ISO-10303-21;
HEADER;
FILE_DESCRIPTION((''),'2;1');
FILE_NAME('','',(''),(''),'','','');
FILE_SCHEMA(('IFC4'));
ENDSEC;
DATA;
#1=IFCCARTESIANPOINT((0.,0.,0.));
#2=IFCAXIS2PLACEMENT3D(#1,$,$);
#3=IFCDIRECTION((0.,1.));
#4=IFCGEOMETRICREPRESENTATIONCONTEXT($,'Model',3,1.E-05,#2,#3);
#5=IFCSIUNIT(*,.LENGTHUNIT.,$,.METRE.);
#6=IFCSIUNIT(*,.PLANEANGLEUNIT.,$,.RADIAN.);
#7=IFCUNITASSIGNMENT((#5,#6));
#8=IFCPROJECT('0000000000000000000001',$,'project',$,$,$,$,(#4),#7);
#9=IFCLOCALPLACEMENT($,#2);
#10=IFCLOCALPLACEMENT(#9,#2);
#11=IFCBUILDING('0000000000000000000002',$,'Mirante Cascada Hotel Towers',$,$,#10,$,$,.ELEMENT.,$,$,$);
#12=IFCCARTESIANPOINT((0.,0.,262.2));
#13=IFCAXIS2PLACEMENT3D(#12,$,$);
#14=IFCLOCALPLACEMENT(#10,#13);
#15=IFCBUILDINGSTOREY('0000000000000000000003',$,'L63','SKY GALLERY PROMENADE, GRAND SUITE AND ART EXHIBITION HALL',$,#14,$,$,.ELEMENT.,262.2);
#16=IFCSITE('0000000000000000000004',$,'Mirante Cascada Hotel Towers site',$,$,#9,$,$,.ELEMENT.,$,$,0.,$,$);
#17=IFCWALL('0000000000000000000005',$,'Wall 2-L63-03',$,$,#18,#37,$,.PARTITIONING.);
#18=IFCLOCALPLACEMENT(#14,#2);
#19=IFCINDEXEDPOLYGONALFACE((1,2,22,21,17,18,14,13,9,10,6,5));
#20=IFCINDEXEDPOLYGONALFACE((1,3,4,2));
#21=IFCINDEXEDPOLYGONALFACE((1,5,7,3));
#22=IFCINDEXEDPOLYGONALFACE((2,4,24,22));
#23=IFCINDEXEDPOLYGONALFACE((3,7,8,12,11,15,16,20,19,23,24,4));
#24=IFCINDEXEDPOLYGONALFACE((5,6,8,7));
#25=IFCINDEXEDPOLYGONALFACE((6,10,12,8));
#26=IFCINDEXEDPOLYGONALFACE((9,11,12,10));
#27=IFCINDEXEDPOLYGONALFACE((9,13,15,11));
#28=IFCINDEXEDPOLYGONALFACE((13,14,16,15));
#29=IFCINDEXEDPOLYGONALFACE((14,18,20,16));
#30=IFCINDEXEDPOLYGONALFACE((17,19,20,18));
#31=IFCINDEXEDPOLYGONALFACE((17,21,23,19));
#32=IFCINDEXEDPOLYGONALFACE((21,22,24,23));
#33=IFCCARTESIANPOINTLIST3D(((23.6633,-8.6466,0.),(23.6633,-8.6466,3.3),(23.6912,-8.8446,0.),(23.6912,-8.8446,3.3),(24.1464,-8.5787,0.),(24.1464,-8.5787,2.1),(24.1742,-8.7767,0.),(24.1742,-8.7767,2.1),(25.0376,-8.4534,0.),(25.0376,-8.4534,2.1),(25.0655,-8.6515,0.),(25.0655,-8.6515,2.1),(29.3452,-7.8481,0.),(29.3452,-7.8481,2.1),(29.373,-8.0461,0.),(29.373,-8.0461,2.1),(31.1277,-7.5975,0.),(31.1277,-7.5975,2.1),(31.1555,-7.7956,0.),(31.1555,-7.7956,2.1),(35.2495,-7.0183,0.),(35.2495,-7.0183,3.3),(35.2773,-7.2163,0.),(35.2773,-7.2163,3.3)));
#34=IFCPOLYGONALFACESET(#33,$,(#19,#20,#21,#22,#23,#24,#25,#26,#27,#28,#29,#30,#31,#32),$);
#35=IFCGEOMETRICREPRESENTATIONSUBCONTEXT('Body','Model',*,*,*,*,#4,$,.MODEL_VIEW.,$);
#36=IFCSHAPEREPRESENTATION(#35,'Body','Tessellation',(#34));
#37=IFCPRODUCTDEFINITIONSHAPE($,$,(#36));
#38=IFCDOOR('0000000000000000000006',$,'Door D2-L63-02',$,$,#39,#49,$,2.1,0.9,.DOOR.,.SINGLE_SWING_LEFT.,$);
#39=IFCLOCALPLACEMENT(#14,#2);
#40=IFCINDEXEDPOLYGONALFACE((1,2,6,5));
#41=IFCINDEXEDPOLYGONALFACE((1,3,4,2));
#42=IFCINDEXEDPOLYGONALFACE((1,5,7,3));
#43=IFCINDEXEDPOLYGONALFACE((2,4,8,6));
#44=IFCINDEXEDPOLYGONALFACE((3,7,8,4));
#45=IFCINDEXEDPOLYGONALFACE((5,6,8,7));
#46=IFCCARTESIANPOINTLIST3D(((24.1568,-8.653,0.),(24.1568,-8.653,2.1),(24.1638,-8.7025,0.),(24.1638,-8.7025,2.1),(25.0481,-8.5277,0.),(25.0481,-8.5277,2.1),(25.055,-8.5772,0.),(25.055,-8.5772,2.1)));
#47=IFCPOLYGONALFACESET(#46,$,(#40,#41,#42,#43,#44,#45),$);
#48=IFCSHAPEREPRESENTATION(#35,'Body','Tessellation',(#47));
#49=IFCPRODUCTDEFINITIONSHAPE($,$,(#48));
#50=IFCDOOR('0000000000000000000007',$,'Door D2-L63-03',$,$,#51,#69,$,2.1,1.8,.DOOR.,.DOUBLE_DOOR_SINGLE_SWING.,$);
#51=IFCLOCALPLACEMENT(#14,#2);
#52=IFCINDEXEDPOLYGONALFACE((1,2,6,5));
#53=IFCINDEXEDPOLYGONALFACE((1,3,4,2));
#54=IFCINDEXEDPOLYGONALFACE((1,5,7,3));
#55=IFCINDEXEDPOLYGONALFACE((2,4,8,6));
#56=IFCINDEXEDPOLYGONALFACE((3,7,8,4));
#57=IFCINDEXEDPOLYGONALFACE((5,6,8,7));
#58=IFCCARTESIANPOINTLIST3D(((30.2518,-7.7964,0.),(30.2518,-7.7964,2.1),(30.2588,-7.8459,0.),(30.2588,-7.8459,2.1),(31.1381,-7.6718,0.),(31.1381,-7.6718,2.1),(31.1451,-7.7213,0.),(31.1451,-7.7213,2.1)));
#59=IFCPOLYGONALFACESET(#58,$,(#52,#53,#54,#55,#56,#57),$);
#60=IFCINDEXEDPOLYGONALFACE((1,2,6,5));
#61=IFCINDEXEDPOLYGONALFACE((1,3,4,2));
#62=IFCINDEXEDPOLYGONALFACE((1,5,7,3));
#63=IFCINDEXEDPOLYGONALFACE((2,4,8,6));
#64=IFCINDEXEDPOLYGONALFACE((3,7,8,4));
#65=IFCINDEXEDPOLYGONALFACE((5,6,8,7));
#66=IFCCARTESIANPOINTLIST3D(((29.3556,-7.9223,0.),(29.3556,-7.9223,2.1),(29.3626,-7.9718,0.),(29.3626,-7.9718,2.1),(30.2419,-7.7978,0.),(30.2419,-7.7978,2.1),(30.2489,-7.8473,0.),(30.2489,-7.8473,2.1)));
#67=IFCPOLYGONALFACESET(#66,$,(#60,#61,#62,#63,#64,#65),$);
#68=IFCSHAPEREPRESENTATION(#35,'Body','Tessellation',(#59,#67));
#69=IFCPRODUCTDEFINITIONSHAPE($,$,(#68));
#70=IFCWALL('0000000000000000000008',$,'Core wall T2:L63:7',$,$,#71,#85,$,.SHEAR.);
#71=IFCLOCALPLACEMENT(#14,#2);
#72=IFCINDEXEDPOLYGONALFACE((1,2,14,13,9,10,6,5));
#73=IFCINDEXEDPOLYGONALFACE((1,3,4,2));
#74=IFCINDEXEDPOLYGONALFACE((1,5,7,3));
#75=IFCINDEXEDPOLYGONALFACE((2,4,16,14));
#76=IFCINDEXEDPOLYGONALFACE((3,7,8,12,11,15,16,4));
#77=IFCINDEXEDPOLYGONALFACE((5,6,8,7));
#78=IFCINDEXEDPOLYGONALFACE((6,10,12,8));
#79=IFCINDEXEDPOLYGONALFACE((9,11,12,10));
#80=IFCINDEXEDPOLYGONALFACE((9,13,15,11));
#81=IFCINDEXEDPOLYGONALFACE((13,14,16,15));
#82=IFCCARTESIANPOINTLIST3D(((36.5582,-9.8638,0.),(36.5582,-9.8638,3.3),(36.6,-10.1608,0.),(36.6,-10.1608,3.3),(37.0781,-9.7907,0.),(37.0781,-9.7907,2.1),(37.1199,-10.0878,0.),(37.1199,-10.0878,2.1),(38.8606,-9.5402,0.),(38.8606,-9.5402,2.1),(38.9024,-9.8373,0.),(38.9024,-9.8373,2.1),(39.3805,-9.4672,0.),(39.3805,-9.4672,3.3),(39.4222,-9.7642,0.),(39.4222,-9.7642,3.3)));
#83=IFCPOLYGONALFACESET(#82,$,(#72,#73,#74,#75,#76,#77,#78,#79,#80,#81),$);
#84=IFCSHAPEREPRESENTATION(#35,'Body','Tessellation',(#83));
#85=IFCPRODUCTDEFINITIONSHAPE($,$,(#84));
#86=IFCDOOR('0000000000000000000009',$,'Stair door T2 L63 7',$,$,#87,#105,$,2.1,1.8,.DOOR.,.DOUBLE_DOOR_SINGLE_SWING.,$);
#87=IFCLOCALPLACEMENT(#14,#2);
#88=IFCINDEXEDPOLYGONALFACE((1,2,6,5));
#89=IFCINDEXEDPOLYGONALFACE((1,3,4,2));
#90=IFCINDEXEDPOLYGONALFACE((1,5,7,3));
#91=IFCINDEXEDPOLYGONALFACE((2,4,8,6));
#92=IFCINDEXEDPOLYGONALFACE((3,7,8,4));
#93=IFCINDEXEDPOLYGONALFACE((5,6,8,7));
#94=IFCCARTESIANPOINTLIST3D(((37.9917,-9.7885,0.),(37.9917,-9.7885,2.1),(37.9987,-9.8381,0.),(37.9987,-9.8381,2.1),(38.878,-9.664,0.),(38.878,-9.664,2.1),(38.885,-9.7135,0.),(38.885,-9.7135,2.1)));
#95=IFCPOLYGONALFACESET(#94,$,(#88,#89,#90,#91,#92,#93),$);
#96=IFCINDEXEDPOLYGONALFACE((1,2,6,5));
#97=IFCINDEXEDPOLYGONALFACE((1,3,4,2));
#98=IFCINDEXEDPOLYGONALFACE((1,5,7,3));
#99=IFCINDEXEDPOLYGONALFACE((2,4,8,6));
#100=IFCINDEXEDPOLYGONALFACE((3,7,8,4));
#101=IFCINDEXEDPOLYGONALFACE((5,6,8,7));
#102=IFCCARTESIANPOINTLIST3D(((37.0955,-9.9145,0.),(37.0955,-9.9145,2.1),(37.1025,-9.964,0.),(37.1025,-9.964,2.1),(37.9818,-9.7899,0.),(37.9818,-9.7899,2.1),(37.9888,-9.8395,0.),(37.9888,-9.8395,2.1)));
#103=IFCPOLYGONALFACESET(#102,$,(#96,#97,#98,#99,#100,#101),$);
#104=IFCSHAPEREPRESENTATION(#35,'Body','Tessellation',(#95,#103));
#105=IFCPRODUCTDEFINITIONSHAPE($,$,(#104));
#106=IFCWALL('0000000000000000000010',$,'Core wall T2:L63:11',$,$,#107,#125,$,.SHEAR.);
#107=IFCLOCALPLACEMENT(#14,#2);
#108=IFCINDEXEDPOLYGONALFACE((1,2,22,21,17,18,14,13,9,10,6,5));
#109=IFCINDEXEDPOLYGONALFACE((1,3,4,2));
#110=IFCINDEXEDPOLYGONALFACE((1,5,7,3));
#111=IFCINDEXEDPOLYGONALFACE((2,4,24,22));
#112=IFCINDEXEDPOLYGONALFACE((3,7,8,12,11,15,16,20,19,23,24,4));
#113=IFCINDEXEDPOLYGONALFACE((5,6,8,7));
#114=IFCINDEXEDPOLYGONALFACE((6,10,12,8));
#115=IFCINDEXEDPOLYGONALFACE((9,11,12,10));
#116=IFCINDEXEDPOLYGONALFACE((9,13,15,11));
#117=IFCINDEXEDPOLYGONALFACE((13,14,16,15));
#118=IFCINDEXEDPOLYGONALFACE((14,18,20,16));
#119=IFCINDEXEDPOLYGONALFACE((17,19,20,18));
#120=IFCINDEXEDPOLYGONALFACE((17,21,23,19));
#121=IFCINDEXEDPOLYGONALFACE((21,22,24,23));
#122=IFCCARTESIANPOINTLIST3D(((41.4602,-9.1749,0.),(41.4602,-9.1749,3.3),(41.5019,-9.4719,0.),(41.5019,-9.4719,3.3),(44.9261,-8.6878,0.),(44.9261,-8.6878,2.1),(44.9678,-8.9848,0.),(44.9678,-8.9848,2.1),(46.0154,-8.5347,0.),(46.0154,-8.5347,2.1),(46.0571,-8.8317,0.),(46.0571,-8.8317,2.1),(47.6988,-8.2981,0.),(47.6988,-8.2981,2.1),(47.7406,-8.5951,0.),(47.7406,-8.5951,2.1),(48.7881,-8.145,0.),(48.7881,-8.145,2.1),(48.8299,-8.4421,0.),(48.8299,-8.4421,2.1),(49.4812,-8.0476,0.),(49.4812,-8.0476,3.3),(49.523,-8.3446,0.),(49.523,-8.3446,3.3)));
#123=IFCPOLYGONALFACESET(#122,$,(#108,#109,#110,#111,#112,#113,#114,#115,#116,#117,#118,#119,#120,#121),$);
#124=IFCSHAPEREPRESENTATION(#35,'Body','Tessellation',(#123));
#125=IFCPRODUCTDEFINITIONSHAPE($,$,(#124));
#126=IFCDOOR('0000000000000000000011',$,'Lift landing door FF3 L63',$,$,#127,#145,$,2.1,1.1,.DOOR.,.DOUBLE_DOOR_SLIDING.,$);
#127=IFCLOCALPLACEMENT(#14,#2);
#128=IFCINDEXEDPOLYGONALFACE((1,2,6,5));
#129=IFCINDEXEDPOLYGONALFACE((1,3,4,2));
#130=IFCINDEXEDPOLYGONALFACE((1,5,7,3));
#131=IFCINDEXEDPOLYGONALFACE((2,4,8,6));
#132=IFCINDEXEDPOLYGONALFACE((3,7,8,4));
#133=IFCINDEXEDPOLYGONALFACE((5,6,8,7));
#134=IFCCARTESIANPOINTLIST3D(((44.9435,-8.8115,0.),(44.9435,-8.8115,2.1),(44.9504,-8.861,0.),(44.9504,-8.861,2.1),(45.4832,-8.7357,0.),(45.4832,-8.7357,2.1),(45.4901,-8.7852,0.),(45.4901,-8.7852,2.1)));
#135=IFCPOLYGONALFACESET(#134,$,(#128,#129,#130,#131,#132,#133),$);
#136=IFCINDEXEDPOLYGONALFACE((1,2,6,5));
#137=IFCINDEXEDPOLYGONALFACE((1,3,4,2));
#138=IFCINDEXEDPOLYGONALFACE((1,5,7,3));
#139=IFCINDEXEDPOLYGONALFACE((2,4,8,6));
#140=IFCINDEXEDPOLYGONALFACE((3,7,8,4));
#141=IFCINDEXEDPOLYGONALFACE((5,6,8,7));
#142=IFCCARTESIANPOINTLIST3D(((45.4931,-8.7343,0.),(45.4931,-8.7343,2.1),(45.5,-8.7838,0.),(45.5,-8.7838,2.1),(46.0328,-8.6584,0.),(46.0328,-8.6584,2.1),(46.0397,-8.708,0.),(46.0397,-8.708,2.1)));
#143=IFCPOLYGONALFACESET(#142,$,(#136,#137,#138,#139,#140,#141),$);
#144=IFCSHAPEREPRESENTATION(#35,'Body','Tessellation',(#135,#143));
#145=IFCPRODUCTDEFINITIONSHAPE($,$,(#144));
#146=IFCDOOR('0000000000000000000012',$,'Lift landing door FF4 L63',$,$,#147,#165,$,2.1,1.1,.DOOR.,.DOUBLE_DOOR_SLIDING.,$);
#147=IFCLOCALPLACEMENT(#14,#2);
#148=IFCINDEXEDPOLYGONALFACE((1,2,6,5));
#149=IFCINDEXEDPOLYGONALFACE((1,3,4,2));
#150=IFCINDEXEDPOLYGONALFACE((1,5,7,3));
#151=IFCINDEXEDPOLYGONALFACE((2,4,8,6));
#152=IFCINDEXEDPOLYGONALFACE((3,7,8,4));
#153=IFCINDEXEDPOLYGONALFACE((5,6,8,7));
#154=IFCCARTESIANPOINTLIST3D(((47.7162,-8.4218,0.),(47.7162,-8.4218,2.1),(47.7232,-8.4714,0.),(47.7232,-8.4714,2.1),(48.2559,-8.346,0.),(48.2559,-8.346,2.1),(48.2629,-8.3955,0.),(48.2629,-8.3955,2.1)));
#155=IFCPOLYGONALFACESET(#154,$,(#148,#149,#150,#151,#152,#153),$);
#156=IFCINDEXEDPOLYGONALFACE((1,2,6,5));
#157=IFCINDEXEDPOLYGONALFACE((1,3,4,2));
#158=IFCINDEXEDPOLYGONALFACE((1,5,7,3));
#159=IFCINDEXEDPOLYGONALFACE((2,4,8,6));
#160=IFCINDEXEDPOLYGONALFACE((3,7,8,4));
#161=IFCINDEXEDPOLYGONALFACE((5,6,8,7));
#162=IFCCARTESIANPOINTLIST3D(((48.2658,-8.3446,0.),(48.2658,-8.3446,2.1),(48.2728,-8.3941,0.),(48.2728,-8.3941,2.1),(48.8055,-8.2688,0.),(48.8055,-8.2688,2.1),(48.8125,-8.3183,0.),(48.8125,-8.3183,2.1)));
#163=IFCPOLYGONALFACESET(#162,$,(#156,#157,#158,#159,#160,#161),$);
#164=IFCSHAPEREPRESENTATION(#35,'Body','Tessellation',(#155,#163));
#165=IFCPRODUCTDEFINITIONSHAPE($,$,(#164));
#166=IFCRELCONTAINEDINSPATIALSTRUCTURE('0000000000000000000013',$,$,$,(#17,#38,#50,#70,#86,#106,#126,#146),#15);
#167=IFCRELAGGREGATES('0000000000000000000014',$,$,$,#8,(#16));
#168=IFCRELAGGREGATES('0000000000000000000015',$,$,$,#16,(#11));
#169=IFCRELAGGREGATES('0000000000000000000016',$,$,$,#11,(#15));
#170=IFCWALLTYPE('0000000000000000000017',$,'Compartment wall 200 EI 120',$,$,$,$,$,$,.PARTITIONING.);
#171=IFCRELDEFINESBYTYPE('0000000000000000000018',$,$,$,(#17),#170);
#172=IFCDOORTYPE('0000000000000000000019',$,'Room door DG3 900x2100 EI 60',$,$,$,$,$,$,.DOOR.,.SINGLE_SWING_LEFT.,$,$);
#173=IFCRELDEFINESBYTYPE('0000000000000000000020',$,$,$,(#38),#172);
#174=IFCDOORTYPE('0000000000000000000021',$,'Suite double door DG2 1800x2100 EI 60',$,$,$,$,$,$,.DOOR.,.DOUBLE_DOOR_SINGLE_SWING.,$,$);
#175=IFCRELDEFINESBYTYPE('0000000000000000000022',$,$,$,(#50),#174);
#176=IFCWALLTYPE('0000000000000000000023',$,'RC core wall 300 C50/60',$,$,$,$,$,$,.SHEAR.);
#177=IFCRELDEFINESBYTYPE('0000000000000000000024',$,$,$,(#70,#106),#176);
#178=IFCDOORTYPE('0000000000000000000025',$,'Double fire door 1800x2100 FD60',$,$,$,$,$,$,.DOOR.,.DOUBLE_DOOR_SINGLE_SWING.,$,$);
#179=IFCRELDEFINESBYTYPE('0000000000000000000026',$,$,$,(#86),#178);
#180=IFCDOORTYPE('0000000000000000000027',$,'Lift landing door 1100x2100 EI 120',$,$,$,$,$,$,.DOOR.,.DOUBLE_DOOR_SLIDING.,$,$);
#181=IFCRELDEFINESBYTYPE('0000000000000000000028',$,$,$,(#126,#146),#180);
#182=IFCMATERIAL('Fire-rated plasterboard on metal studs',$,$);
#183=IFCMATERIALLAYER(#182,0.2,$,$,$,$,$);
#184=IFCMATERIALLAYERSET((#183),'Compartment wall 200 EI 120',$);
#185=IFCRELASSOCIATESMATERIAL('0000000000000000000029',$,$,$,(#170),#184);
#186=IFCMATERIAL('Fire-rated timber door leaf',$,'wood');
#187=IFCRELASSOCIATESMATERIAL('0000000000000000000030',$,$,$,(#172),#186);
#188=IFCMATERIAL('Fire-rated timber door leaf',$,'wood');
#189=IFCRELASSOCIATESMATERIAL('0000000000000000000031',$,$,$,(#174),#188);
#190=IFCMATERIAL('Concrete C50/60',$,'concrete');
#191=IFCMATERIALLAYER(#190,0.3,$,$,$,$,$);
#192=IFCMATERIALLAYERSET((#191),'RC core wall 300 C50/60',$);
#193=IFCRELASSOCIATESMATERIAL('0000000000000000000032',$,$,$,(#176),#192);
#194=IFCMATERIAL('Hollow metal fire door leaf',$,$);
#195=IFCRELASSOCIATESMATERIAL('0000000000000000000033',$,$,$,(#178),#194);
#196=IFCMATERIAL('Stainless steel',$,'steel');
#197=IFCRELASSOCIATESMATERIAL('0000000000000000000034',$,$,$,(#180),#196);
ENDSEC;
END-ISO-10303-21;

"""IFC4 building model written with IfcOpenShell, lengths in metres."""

from ifc_helpers import new_model, si_unit, direction, frame, frame_2d, origin, place, context, subcontext, project, spatial, rectangle, extrude, material, layer, layer_set, type_object, element, fill, save


model = new_model("IFC4")

# Units and contexts
model_context = context("Model", 3, precision=1e-05, world=origin(), true_north=direction((0.0, 1.0)))
body_context = subcontext(model_context, "Body", "Model", "MODEL_VIEW")
ifc_project = project(units=[si_unit("LENGTHUNIT", "METRE"), si_unit("PLANEANGLEUNIT", "RADIAN")], contexts=[model_context])

# Site, building, storey
site_placement = place(None, origin())
site = spatial("IfcSite", under=ifc_project, at=site_placement, Name="Mirante Cascada Hotel Towers site", CompositionType="ELEMENT", RefElevation=0.0)
building_placement = place(site_placement, origin())
building = spatial("IfcBuilding", under=site, at=building_placement, Name="Mirante Cascada Hotel Towers", CompositionType="ELEMENT")
storey_placement = place(building_placement, frame((0.0, 0.0, 262.2)))
storey = spatial("IfcBuildingStorey", under=building, at=storey_placement, Name="L63", Description="SKY GALLERY PROMENADE, GRAND SUITE AND ART EXHIBITION HALL", CompositionType="ELEMENT", Elevation=262.2)

# Wall, openings, doors
ifc_material_1 = material(Name="Fire-rated plasterboard on metal studs")
ifc_layer_1 = layer(ifc_material_1, 0.2)
ifc_layer_set_1 = layer_set([ifc_layer_1], Name="Compartment wall 200 EI 120")
wall_type_1 = type_object("IfcWallType", Name="Compartment wall 200 EI 120", PredefinedType="PARTITIONING", material=ifc_layer_set_1)
wall_1_placement = place(storey_placement, frame((35.2634, -7.1173, 0.0), z_axis=(0.0, 0.0, 1.0), x_axis=(-0.990268, -0.139171, 0.0)))
wall_1 = element("IfcWall", 1, at=wall_1_placement, inside=storey, type_object=wall_type_1, Name="Wall 2-L63-03", PredefinedType="PARTITIONING", context=body_context, shape_type="SweptSolid", body=[
    extrude(rectangle(XDim=11.7, YDim=0.2, at=frame_2d((5.85, 0.0))), origin(), (0.0, 0.0, 1.0), 3.3),
])
opening_1_placement = place(wall_1_placement, frame((10.3122, 0.0, 0.0)))
opening_1 = element("IfcOpeningElement", 2, at=opening_1_placement, cuts=wall_1, PredefinedType="OPENING", context=body_context, shape_type="SweptSolid", body=[
    extrude(rectangle(XDim=0.9, YDim=2.1, at=frame_2d((0.45, 1.05))), frame((0.0, 0.1, 0.0), z_axis=(0.0, -1.0, 0.0), x_axis=(1.0, 0.0, 0.0)), (0.0, 0.0, 1.0), 0.2),
])
opening_2_placement = place(wall_1_placement, frame((4.1623, 0.0, 0.0)))
opening_2 = element("IfcOpeningElement", 3, at=opening_2_placement, cuts=wall_1, PredefinedType="OPENING", context=body_context, shape_type="SweptSolid", body=[
    extrude(rectangle(XDim=1.8, YDim=2.1, at=frame_2d((0.9, 1.05))), frame((0.0, 0.1, 0.0), z_axis=(0.0, -1.0, 0.0), x_axis=(1.0, 0.0, 0.0)), (0.0, 0.0, 1.0), 0.2),
])
ifc_material_2 = material(Name="Fire-rated timber door leaf", Category="wood")
door_type_1 = type_object("IfcDoorType", Name="Room door DG3 900x2100 EI 60", OperationType="SINGLE_SWING_LEFT", PredefinedType="DOOR", material=ifc_material_2)
door_1_placement = place(opening_1_placement, origin())
door_1 = element("IfcDoor", 4, at=door_1_placement, inside=storey, type_object=door_type_1, Name="Door D2-L63-02", OperationType="SINGLE_SWING_LEFT", OverallHeight=2.1, OverallWidth=0.9, PredefinedType="DOOR", context=body_context, shape_type="SweptSolid", body=[
    extrude(rectangle(XDim=0.9, YDim=2.1, at=frame_2d((0.45, 1.05))), frame((0.0, 0.025, 0.0), z_axis=(0.0, -1.0, 0.0), x_axis=(1.0, 0.0, 0.0)), (0.0, 0.0, 1.0), 0.05),
])
fill(opening_1, door_1)
ifc_material_3 = material(Name="Fire-rated timber door leaf", Category="wood")
door_type_2 = type_object("IfcDoorType", Name="Suite double door DG2 1800x2100 EI 60", OperationType="DOUBLE_DOOR_SINGLE_SWING", PredefinedType="DOOR", material=ifc_material_3)
door_2_placement = place(opening_2_placement, origin())
door_2 = element("IfcDoor", 5, at=door_2_placement, inside=storey, type_object=door_type_2, Name="Door D2-L63-03", OperationType="DOUBLE_DOOR_SINGLE_SWING", OverallHeight=2.1, OverallWidth=1.8, PredefinedType="DOOR", context=body_context, shape_type="SweptSolid", body=[
    extrude(rectangle(XDim=0.895, YDim=2.1, at=frame_2d((0.4475, 1.05))), frame((0.0, 0.025, 0.0), z_axis=(0.0, -1.0, 0.0), x_axis=(1.0, 0.0, 0.0)), (0.0, 0.0, 1.0), 0.05),
    extrude(rectangle(XDim=0.895, YDim=2.1, at=frame_2d((1.3525, 1.05))), frame((0.0, 0.025, 0.0), z_axis=(0.0, -1.0, 0.0), x_axis=(1.0, 0.0, 0.0)), (0.0, 0.0, 1.0), 0.05),
])
fill(opening_2, door_2)

# Wall, opening, door
ifc_material_4 = material(Name="Concrete C50/60", Category="concrete")
ifc_layer_2 = layer(ifc_material_4, 0.3)
ifc_layer_set_2 = layer_set([ifc_layer_2], Name="RC core wall 300 C50/60")
wall_type_2 = type_object("IfcWallType", Name="RC core wall 300 C50/60", PredefinedType="SHEAR", material=ifc_layer_set_2)
wall_2_placement = place(storey_placement, frame((36.5791, -10.0123, 0.0), z_axis=(0.0, 0.0, 1.0), x_axis=(0.99027, 0.139156, 0.0)))
wall_2 = element("IfcWall", 6, at=wall_2_placement, inside=storey, type_object=wall_type_2, Name="Core wall T2:L63:7", PredefinedType="SHEAR", context=body_context, shape_type="SweptSolid", body=[
    extrude(rectangle(XDim=2.85, YDim=0.3, at=frame_2d((1.425, 0.0))), origin(), (0.0, 0.0, 1.0), 3.3),
])
opening_3_placement = place(wall_2_placement, frame((0.525, 0.0, 0.0)))
opening_3 = element("IfcOpeningElement", 7, at=opening_3_placement, cuts=wall_2, PredefinedType="OPENING", context=body_context, shape_type="SweptSolid", body=[
    extrude(rectangle(XDim=1.8, YDim=2.1, at=frame_2d((0.9, 1.05))), frame((0.0, 0.15, 0.0), z_axis=(0.0, -1.0, 0.0), x_axis=(1.0, 0.0, 0.0)), (0.0, 0.0, 1.0), 0.3),
])
ifc_material_5 = material(Name="Hollow metal fire door leaf")
door_type_3 = type_object("IfcDoorType", Name="Double fire door 1800x2100 FD60", OperationType="DOUBLE_DOOR_SINGLE_SWING", PredefinedType="DOOR", material=ifc_material_5)
door_3_placement = place(opening_3_placement, frame((1.8, 0.0, 0.0), z_axis=(0.0, 0.0, 1.0), x_axis=(-1.0, 0.0, 0.0)))
door_3 = element("IfcDoor", 8, at=door_3_placement, inside=storey, type_object=door_type_3, Name="Stair door T2 L63 7", OperationType="DOUBLE_DOOR_SINGLE_SWING", OverallHeight=2.1, OverallWidth=1.8, PredefinedType="DOOR", context=body_context, shape_type="SweptSolid", body=[
    extrude(rectangle(XDim=0.895, YDim=2.1, at=frame_2d((0.4475, 1.05))), frame((0.0, 0.025, 0.0), z_axis=(0.0, -1.0, 0.0), x_axis=(1.0, 0.0, 0.0)), (0.0, 0.0, 1.0), 0.05),
    extrude(rectangle(XDim=0.895, YDim=2.1, at=frame_2d((1.3525, 1.05))), frame((0.0, 0.025, 0.0), z_axis=(0.0, -1.0, 0.0), x_axis=(1.0, 0.0, 0.0)), (0.0, 0.0, 1.0), 0.05),
])
fill(opening_3, door_3)

# Wall, openings, doors
wall_3_placement = place(storey_placement, frame((41.481, -9.3234, 0.0), z_axis=(0.0, 0.0, 1.0), x_axis=(0.990268, 0.139174, 0.0)))
wall_3 = element("IfcWall", 9, at=wall_3_placement, inside=storey, type_object=wall_type_2, Name="Core wall T2:L63:11", PredefinedType="SHEAR", context=body_context, shape_type="SweptSolid", body=[
    extrude(rectangle(XDim=8.0999, YDim=0.3, at=frame_2d((4.05, 0.0))), origin(), (0.0, 0.0, 1.0), 3.3),
])
opening_4_placement = place(wall_3_placement, frame((3.5, 0.0, 0.0)))
opening_4 = element("IfcOpeningElement", 10, at=opening_4_placement, cuts=wall_3, PredefinedType="OPENING", context=body_context, shape_type="SweptSolid", body=[
    extrude(rectangle(XDim=1.1, YDim=2.1, at=frame_2d((0.55, 1.05))), frame((0.0, 0.15, 0.0), z_axis=(0.0, -1.0, 0.0), x_axis=(1.0, 0.0, 0.0)), (0.0, 0.0, 1.0), 0.3),
])
opening_5_placement = place(wall_3_placement, frame((6.3, 0.0, 0.0)))
opening_5 = element("IfcOpeningElement", 11, at=opening_5_placement, cuts=wall_3, PredefinedType="OPENING", context=body_context, shape_type="SweptSolid", body=[
    extrude(rectangle(XDim=1.1, YDim=2.1, at=frame_2d((0.55, 1.05))), frame((0.0, 0.15, 0.0), z_axis=(0.0, -1.0, 0.0), x_axis=(1.0, 0.0, 0.0)), (0.0, 0.0, 1.0), 0.3),
])
ifc_material_6 = material(Name="Stainless steel", Category="steel")
door_type_4 = type_object("IfcDoorType", Name="Lift landing door 1100x2100 EI 120", OperationType="DOUBLE_DOOR_SLIDING", PredefinedType="DOOR", material=ifc_material_6)
door_4_placement = place(opening_4_placement, origin())
door_4 = element("IfcDoor", 12, at=door_4_placement, inside=storey, type_object=door_type_4, Name="Lift landing door FF3 L63", OperationType="DOUBLE_DOOR_SLIDING", OverallHeight=2.1, OverallWidth=1.1, PredefinedType="DOOR", context=body_context, shape_type="SweptSolid", body=[
    extrude(rectangle(XDim=0.545, YDim=2.1, at=frame_2d((0.2725, 1.05))), frame((0.0, 0.025, 0.0), z_axis=(0.0, -1.0, 0.0), x_axis=(1.0, 0.0, 0.0)), (0.0, 0.0, 1.0), 0.05),
    extrude(rectangle(XDim=0.545, YDim=2.1, at=frame_2d((0.8275, 1.05))), frame((0.0, 0.025, 0.0), z_axis=(0.0, -1.0, 0.0), x_axis=(1.0, 0.0, 0.0)), (0.0, 0.0, 1.0), 0.05),
])
fill(opening_4, door_4)
door_5_placement = place(opening_5_placement, origin())
door_5 = element("IfcDoor", 13, at=door_5_placement, inside=storey, type_object=door_type_4, Name="Lift landing door FF4 L63", OperationType="DOUBLE_DOOR_SLIDING", OverallHeight=2.1, OverallWidth=1.1, PredefinedType="DOOR", context=body_context, shape_type="SweptSolid", body=[
    extrude(rectangle(XDim=0.545, YDim=2.1, at=frame_2d((0.2725, 1.05))), frame((0.0, 0.025, 0.0), z_axis=(0.0, -1.0, 0.0), x_axis=(1.0, 0.0, 0.0)), (0.0, 0.0, 1.0), 0.05),
    extrude(rectangle(XDim=0.545, YDim=2.1, at=frame_2d((0.8275, 1.05))), frame((0.0, 0.025, 0.0), z_axis=(0.0, -1.0, 0.0), x_axis=(1.0, 0.0, 0.0)), (0.0, 0.0, 1.0), 0.05),
])
fill(opening_5, door_5)

save(model, "model.ifc")
